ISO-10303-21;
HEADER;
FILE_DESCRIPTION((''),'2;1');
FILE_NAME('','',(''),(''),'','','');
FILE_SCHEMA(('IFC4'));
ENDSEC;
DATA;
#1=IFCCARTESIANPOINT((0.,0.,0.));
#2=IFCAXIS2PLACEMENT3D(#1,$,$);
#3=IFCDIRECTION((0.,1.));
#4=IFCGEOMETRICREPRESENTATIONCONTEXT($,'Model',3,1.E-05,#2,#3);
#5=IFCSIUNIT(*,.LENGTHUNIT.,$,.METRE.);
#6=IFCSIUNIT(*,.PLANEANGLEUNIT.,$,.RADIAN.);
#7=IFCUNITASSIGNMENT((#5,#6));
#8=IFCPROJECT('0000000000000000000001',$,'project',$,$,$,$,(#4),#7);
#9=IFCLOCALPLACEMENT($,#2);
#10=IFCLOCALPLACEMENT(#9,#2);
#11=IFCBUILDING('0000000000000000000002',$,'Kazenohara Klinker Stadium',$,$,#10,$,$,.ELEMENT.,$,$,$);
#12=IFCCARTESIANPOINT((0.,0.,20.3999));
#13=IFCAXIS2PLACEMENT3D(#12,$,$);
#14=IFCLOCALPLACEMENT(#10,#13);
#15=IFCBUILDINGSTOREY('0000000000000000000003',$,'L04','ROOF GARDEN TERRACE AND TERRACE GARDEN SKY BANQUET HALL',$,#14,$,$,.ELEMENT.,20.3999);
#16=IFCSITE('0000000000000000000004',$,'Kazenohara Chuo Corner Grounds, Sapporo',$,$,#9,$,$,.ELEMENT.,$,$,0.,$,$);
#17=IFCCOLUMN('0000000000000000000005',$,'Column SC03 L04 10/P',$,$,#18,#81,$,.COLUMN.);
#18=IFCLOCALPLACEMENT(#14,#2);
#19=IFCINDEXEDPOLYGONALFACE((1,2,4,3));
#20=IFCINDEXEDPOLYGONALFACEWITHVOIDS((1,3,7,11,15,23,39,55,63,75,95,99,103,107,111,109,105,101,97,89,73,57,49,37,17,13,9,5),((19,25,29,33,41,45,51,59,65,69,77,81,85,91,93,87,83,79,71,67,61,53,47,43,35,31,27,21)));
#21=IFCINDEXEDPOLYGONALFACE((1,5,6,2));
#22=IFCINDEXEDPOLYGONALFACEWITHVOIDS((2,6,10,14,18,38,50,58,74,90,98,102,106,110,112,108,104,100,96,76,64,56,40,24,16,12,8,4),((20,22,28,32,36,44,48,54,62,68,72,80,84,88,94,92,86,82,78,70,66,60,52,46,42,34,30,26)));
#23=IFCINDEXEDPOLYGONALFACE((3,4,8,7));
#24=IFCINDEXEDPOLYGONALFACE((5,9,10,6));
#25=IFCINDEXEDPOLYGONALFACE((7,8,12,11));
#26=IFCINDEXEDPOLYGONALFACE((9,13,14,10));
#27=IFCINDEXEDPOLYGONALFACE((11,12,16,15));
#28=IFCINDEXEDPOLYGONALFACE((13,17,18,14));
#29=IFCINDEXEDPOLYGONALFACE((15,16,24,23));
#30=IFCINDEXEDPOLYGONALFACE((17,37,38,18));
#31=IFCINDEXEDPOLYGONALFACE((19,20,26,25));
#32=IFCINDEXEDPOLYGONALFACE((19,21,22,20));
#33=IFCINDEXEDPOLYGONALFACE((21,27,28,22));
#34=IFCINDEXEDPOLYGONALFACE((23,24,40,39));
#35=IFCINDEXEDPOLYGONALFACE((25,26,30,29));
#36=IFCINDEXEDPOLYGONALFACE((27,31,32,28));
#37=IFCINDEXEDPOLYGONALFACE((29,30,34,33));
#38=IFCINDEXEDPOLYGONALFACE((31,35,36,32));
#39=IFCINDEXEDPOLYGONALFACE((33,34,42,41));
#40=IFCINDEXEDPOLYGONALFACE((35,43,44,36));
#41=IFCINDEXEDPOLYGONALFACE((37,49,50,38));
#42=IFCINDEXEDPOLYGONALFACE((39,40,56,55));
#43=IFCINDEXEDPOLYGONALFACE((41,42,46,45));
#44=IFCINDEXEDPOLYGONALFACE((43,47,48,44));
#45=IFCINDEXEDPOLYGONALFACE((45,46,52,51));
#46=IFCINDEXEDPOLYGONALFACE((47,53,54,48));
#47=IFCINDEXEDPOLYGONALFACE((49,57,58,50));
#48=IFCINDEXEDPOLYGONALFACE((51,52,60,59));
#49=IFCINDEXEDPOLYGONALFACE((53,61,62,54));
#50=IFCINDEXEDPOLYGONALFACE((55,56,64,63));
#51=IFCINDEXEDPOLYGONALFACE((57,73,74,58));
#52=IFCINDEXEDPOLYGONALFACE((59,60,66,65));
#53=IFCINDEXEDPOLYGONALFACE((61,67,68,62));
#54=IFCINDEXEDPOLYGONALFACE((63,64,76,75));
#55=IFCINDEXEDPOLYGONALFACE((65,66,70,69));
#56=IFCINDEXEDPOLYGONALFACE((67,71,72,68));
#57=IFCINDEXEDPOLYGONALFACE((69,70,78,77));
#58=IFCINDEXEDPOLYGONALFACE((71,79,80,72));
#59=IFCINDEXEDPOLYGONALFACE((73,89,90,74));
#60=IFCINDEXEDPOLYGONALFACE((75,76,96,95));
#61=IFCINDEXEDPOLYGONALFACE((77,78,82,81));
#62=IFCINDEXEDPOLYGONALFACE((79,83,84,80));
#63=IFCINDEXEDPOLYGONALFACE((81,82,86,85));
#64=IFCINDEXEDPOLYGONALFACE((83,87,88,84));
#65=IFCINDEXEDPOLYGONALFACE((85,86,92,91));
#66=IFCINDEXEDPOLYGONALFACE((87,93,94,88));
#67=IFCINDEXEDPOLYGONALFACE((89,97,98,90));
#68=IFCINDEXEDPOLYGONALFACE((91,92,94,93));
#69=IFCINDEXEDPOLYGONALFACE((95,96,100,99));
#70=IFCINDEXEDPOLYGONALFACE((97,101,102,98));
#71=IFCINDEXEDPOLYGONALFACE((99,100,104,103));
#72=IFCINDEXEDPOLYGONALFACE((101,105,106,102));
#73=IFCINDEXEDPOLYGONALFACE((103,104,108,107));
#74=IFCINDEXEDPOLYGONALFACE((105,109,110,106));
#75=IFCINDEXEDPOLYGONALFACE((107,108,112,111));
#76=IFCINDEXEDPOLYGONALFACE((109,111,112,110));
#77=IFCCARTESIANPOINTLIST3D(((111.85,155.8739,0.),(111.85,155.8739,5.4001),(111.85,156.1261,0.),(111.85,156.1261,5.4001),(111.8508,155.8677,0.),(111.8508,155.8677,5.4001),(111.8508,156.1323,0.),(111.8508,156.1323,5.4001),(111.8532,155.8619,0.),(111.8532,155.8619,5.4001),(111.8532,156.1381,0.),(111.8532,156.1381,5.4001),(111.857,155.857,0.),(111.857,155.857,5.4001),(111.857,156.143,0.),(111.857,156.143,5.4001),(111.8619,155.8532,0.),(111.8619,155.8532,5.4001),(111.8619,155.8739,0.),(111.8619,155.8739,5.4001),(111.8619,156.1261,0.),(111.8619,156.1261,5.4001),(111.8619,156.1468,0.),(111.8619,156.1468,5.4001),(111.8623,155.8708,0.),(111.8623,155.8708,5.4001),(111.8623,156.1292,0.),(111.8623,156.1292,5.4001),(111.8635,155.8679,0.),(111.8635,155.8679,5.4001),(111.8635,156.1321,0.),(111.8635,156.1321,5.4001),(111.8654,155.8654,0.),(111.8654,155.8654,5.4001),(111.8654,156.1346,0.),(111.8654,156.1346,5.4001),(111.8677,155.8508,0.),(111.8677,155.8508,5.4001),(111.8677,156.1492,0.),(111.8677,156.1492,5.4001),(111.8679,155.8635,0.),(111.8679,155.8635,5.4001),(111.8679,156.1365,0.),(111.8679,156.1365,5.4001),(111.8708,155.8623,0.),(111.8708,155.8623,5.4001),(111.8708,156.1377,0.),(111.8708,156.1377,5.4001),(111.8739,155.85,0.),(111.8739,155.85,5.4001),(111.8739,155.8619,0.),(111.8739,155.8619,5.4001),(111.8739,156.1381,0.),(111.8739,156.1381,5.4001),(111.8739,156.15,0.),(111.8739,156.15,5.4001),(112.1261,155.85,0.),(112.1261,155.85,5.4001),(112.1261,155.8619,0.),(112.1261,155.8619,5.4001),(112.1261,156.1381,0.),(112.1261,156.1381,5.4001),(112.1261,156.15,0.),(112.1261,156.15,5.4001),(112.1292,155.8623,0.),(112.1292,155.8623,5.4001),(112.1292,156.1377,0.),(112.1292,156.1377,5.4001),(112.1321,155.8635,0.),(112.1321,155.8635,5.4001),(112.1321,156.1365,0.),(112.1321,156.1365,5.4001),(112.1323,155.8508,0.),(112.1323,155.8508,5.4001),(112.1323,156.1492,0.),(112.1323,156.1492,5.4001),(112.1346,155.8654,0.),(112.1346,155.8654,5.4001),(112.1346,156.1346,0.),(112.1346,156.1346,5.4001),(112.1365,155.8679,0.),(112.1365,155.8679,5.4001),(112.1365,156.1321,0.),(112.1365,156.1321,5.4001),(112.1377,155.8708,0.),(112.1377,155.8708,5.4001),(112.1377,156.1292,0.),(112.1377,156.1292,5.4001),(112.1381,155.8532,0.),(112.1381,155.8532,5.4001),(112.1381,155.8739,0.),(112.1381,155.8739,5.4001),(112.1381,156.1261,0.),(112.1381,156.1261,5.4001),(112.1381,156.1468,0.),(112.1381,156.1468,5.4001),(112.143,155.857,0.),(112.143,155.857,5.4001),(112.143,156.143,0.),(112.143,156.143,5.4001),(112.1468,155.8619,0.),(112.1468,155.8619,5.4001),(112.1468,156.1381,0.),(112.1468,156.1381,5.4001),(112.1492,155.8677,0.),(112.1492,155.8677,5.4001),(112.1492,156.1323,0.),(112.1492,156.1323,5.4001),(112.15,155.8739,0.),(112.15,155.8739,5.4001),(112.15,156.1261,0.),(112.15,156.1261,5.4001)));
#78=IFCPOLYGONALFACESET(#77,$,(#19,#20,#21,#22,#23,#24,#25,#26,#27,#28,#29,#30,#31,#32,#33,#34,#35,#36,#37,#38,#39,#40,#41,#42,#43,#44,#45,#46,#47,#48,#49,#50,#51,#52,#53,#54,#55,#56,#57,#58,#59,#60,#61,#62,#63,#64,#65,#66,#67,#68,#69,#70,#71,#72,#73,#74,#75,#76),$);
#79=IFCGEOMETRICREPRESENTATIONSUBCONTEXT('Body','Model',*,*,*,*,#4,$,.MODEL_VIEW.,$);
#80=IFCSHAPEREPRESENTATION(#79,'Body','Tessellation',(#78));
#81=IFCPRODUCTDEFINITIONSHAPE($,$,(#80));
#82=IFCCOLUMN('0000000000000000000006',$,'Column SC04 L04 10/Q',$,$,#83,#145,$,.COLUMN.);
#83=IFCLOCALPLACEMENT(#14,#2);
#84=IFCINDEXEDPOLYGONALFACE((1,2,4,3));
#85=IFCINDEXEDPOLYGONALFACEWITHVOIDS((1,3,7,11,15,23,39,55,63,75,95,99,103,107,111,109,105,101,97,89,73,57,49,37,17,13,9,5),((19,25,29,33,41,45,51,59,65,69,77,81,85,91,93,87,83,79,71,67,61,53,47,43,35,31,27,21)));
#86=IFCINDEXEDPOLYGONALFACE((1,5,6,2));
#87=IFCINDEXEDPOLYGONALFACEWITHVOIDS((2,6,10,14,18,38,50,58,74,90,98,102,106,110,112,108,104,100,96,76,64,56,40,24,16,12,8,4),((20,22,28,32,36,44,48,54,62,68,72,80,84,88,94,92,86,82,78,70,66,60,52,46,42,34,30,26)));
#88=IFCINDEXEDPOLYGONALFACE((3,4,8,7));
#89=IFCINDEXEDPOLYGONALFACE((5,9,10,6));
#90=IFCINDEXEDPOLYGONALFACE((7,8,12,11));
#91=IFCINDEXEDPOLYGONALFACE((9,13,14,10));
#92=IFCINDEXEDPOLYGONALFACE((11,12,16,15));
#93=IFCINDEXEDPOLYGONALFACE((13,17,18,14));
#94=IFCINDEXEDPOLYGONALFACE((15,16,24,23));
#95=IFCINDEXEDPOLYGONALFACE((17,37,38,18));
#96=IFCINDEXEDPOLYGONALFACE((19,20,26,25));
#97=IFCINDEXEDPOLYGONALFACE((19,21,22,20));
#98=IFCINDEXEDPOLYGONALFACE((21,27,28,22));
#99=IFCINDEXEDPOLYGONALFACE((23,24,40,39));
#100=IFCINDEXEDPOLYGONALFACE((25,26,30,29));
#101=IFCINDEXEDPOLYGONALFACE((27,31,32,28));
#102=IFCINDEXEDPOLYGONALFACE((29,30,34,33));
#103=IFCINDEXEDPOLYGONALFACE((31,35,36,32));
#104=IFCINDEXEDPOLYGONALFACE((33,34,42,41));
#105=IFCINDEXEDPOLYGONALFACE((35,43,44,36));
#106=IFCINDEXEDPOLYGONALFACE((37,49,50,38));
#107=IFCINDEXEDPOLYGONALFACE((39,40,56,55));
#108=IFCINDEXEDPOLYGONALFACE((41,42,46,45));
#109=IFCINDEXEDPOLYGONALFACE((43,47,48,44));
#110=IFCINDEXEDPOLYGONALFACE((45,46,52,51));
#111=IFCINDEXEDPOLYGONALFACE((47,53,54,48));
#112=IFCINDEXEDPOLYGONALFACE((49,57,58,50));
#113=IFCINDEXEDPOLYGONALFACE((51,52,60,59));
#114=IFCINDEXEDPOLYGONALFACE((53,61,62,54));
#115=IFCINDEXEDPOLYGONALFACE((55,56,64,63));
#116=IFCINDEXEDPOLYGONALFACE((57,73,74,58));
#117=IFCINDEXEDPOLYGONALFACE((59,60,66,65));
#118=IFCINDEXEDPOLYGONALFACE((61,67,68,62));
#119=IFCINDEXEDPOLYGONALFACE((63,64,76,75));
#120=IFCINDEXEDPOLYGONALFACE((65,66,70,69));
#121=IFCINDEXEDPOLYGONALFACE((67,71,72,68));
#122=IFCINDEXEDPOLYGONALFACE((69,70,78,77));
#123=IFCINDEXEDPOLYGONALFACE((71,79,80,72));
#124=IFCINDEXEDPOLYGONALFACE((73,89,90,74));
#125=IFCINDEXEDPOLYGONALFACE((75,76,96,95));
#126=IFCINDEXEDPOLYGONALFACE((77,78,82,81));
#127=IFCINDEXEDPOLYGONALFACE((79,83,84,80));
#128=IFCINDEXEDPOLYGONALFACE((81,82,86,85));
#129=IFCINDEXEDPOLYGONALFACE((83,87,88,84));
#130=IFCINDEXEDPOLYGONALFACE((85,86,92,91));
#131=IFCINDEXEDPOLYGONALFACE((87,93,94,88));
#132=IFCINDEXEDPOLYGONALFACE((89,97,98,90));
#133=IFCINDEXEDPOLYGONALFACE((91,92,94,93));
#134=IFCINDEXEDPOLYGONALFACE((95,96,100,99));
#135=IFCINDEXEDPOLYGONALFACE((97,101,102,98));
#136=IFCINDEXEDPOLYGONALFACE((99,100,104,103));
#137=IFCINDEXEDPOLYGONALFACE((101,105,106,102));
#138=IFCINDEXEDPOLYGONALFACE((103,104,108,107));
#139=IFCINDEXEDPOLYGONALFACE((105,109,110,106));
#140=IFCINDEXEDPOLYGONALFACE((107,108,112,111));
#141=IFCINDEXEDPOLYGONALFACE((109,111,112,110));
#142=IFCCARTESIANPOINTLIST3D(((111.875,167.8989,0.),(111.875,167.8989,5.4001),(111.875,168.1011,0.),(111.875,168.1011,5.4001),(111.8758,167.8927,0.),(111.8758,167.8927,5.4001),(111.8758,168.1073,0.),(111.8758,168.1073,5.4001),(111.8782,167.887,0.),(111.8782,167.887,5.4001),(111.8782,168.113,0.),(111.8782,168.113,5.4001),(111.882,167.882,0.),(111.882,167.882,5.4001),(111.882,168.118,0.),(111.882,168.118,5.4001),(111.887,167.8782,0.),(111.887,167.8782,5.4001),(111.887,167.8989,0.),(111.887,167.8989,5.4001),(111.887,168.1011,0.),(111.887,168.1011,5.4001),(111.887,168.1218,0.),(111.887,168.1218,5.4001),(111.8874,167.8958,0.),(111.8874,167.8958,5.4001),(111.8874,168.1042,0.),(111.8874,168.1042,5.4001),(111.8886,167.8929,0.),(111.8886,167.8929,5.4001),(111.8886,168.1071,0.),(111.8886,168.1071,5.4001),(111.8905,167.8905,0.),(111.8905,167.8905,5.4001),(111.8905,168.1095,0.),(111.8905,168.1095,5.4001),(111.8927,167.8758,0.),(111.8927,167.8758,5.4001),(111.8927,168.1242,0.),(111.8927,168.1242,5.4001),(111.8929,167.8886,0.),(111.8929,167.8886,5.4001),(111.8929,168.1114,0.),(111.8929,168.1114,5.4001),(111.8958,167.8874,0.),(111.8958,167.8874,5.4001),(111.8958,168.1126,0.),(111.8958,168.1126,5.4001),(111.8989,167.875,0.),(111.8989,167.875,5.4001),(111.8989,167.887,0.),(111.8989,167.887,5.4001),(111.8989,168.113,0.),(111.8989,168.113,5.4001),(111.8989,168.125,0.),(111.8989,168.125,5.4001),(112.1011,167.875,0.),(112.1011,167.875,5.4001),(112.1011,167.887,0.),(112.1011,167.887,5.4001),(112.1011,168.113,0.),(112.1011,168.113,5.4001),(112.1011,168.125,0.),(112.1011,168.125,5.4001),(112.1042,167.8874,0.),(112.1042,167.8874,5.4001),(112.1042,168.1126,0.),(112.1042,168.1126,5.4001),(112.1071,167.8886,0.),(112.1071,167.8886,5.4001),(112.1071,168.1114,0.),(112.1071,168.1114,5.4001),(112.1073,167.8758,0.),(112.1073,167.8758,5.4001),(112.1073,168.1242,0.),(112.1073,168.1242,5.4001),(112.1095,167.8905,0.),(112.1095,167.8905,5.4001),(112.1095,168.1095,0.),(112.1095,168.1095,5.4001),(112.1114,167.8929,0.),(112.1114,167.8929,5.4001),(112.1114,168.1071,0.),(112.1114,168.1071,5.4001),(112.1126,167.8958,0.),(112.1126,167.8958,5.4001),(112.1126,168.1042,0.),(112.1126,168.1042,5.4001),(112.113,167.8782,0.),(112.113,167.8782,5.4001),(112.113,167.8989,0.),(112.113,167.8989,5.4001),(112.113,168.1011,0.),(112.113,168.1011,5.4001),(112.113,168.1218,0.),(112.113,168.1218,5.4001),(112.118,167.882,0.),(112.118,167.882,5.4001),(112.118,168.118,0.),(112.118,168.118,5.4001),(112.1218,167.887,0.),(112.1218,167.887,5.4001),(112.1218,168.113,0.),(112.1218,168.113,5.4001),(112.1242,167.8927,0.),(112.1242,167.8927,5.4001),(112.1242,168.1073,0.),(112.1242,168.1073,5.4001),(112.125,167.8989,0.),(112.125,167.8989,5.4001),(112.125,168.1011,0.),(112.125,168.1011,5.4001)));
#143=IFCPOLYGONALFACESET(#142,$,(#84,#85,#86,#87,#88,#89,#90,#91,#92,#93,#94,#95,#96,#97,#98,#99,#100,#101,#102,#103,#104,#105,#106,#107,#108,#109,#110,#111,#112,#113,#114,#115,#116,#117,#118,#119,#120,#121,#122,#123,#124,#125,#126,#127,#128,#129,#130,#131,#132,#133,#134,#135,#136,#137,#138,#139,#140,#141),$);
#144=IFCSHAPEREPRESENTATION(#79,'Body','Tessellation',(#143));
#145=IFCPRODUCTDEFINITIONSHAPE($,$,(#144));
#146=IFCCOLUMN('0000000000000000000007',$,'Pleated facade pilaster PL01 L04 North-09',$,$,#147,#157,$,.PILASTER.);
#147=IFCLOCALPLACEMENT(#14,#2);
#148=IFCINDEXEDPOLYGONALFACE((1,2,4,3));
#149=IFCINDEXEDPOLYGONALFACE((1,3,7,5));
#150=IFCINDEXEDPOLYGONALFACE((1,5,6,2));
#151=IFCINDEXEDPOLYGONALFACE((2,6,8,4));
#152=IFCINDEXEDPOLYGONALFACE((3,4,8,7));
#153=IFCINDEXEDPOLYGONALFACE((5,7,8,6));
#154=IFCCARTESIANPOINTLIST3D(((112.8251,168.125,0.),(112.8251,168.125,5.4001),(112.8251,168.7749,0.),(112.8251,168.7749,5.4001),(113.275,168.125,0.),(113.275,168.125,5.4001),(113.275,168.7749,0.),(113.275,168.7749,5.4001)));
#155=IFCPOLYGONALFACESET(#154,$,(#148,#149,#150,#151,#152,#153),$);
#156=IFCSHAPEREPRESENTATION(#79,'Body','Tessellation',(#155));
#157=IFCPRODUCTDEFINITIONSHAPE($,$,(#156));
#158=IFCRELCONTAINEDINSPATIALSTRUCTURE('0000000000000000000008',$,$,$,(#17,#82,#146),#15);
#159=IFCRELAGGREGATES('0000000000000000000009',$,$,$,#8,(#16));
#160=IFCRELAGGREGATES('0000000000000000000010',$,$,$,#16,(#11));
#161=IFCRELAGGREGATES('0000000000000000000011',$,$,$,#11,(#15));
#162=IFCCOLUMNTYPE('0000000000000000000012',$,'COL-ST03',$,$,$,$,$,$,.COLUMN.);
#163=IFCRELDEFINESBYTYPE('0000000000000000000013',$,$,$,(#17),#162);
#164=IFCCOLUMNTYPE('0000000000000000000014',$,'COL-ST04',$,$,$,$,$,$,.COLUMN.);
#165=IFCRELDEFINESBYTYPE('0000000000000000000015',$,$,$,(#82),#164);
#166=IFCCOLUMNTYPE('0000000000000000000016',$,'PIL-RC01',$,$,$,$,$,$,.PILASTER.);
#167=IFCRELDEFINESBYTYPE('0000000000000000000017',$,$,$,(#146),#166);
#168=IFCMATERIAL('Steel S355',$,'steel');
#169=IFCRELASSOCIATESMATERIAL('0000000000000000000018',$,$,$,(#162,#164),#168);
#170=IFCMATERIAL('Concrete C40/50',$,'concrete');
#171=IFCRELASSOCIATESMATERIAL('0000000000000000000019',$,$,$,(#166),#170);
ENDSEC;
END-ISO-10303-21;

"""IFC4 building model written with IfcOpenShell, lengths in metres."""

from ifc_helpers import new_model, si_unit, direction, frame, origin, origin_2d, place, context, subcontext, project, spatial, rectangle, hollow_rectangle, extrude, material, material_profile, profile_set, type_object, element, save


model = new_model("IFC4")

# Units and contexts
model_context = context("Model", 3, precision=1e-05, world=origin(), true_north=direction((0.0, 1.0)))
body_context = subcontext(model_context, "Body", "Model", "MODEL_VIEW")
ifc_project = project(units=[si_unit("LENGTHUNIT", "METRE"), si_unit("PLANEANGLEUNIT", "RADIAN")], contexts=[model_context])

# Site, building, storey
site_placement = place(None, origin())
site = spatial("IfcSite", under=ifc_project, at=site_placement, Name="Kazenohara Chuo Corner Grounds, Sapporo", CompositionType="ELEMENT", RefElevation=0.0)
building_placement = place(site_placement, origin())
building = spatial("IfcBuilding", under=site, at=building_placement, Name="Kazenohara Klinker Stadium", CompositionType="ELEMENT")
storey_placement = place(building_placement, frame((0.0, 0.0, 20.3999)))
storey = spatial("IfcBuildingStorey", under=building, at=storey_placement, Name="L04", Description="ROOF GARDEN TERRACE AND TERRACE GARDEN SKY BANQUET HALL", CompositionType="ELEMENT", Elevation=20.3999)

# Columns
ifc_material_1 = material(Name="Steel S355", Category="steel")
ifc_material_profile_1 = material_profile(ifc_material_1, hollow_rectangle(XDim=0.3, YDim=0.3, WallThickness=0.012, InnerFilletRadius=0.012, OuterFilletRadius=0.0239, at=origin_2d()), Name="SHS-300x300x12")
ifc_profile_set_1 = profile_set([ifc_material_profile_1], Name="Steel S355")
column_type_1 = type_object("IfcColumnType", Name="COL-ST03", PredefinedType="COLUMN", material=ifc_profile_set_1)
column_1_placement = place(storey_placement, frame((112.0, 156.0, 0.0), z_axis=(0.0, 0.0, 1.0), x_axis=(1.0, 0.0, 0.0)))
element("IfcColumn", 1, at=column_1_placement, inside=storey, type_object=column_type_1, Name="Column SC03 L04 10/P", PredefinedType="COLUMN", context=body_context, shape_type="SweptSolid", body=[
    extrude(hollow_rectangle(XDim=0.3, YDim=0.3, WallThickness=0.012, InnerFilletRadius=0.012, OuterFilletRadius=0.0239, at=origin_2d()), origin(), (0.0, 0.0, 1.0), 5.4001),
])
ifc_material_profile_2 = material_profile(ifc_material_1, hollow_rectangle(XDim=0.25, YDim=0.25, WallThickness=0.012, InnerFilletRadius=0.012, OuterFilletRadius=0.0239, at=origin_2d()), Name="SHS-250x250x12")
ifc_profile_set_2 = profile_set([ifc_material_profile_2], Name="Steel S355")
column_type_2 = type_object("IfcColumnType", Name="COL-ST04", PredefinedType="COLUMN", material=ifc_profile_set_2)
column_2_placement = place(storey_placement, frame((112.0, 168.0, 0.0), z_axis=(0.0, 0.0, 1.0), x_axis=(1.0, 0.0, 0.0)))
element("IfcColumn", 2, at=column_2_placement, inside=storey, type_object=column_type_2, Name="Column SC04 L04 10/Q", PredefinedType="COLUMN", context=body_context, shape_type="SweptSolid", body=[
    extrude(hollow_rectangle(XDim=0.25, YDim=0.25, WallThickness=0.012, InnerFilletRadius=0.012, OuterFilletRadius=0.0239, at=origin_2d()), origin(), (0.0, 0.0, 1.0), 5.4001),
])
ifc_material_2 = material(Name="Concrete C40/50", Category="concrete")
ifc_material_profile_3 = material_profile(ifc_material_2, rectangle(XDim=0.45, YDim=0.6499, at=origin_2d()), Name="RC-PILASTER-450x650")
ifc_profile_set_3 = profile_set([ifc_material_profile_3], Name="Concrete C40/50")
column_type_3 = type_object("IfcColumnType", Name="PIL-RC01", PredefinedType="PILASTER", material=ifc_profile_set_3)
column_3_placement = place(storey_placement, frame((113.05, 168.45, 0.0), z_axis=(0.0, 0.0, 1.0), x_axis=(1.0, 0.0, 0.0)))
element("IfcColumn", 3, at=column_3_placement, inside=storey, type_object=column_type_3, Name="Pleated facade pilaster PL01 L04 North-09", PredefinedType="PILASTER", context=body_context, shape_type="SweptSolid", body=[
    extrude(rectangle(XDim=0.45, YDim=0.6499, at=origin_2d()), origin(), (0.0, 0.0, 1.0), 5.4001),
])

save(model, "model.ifc")
